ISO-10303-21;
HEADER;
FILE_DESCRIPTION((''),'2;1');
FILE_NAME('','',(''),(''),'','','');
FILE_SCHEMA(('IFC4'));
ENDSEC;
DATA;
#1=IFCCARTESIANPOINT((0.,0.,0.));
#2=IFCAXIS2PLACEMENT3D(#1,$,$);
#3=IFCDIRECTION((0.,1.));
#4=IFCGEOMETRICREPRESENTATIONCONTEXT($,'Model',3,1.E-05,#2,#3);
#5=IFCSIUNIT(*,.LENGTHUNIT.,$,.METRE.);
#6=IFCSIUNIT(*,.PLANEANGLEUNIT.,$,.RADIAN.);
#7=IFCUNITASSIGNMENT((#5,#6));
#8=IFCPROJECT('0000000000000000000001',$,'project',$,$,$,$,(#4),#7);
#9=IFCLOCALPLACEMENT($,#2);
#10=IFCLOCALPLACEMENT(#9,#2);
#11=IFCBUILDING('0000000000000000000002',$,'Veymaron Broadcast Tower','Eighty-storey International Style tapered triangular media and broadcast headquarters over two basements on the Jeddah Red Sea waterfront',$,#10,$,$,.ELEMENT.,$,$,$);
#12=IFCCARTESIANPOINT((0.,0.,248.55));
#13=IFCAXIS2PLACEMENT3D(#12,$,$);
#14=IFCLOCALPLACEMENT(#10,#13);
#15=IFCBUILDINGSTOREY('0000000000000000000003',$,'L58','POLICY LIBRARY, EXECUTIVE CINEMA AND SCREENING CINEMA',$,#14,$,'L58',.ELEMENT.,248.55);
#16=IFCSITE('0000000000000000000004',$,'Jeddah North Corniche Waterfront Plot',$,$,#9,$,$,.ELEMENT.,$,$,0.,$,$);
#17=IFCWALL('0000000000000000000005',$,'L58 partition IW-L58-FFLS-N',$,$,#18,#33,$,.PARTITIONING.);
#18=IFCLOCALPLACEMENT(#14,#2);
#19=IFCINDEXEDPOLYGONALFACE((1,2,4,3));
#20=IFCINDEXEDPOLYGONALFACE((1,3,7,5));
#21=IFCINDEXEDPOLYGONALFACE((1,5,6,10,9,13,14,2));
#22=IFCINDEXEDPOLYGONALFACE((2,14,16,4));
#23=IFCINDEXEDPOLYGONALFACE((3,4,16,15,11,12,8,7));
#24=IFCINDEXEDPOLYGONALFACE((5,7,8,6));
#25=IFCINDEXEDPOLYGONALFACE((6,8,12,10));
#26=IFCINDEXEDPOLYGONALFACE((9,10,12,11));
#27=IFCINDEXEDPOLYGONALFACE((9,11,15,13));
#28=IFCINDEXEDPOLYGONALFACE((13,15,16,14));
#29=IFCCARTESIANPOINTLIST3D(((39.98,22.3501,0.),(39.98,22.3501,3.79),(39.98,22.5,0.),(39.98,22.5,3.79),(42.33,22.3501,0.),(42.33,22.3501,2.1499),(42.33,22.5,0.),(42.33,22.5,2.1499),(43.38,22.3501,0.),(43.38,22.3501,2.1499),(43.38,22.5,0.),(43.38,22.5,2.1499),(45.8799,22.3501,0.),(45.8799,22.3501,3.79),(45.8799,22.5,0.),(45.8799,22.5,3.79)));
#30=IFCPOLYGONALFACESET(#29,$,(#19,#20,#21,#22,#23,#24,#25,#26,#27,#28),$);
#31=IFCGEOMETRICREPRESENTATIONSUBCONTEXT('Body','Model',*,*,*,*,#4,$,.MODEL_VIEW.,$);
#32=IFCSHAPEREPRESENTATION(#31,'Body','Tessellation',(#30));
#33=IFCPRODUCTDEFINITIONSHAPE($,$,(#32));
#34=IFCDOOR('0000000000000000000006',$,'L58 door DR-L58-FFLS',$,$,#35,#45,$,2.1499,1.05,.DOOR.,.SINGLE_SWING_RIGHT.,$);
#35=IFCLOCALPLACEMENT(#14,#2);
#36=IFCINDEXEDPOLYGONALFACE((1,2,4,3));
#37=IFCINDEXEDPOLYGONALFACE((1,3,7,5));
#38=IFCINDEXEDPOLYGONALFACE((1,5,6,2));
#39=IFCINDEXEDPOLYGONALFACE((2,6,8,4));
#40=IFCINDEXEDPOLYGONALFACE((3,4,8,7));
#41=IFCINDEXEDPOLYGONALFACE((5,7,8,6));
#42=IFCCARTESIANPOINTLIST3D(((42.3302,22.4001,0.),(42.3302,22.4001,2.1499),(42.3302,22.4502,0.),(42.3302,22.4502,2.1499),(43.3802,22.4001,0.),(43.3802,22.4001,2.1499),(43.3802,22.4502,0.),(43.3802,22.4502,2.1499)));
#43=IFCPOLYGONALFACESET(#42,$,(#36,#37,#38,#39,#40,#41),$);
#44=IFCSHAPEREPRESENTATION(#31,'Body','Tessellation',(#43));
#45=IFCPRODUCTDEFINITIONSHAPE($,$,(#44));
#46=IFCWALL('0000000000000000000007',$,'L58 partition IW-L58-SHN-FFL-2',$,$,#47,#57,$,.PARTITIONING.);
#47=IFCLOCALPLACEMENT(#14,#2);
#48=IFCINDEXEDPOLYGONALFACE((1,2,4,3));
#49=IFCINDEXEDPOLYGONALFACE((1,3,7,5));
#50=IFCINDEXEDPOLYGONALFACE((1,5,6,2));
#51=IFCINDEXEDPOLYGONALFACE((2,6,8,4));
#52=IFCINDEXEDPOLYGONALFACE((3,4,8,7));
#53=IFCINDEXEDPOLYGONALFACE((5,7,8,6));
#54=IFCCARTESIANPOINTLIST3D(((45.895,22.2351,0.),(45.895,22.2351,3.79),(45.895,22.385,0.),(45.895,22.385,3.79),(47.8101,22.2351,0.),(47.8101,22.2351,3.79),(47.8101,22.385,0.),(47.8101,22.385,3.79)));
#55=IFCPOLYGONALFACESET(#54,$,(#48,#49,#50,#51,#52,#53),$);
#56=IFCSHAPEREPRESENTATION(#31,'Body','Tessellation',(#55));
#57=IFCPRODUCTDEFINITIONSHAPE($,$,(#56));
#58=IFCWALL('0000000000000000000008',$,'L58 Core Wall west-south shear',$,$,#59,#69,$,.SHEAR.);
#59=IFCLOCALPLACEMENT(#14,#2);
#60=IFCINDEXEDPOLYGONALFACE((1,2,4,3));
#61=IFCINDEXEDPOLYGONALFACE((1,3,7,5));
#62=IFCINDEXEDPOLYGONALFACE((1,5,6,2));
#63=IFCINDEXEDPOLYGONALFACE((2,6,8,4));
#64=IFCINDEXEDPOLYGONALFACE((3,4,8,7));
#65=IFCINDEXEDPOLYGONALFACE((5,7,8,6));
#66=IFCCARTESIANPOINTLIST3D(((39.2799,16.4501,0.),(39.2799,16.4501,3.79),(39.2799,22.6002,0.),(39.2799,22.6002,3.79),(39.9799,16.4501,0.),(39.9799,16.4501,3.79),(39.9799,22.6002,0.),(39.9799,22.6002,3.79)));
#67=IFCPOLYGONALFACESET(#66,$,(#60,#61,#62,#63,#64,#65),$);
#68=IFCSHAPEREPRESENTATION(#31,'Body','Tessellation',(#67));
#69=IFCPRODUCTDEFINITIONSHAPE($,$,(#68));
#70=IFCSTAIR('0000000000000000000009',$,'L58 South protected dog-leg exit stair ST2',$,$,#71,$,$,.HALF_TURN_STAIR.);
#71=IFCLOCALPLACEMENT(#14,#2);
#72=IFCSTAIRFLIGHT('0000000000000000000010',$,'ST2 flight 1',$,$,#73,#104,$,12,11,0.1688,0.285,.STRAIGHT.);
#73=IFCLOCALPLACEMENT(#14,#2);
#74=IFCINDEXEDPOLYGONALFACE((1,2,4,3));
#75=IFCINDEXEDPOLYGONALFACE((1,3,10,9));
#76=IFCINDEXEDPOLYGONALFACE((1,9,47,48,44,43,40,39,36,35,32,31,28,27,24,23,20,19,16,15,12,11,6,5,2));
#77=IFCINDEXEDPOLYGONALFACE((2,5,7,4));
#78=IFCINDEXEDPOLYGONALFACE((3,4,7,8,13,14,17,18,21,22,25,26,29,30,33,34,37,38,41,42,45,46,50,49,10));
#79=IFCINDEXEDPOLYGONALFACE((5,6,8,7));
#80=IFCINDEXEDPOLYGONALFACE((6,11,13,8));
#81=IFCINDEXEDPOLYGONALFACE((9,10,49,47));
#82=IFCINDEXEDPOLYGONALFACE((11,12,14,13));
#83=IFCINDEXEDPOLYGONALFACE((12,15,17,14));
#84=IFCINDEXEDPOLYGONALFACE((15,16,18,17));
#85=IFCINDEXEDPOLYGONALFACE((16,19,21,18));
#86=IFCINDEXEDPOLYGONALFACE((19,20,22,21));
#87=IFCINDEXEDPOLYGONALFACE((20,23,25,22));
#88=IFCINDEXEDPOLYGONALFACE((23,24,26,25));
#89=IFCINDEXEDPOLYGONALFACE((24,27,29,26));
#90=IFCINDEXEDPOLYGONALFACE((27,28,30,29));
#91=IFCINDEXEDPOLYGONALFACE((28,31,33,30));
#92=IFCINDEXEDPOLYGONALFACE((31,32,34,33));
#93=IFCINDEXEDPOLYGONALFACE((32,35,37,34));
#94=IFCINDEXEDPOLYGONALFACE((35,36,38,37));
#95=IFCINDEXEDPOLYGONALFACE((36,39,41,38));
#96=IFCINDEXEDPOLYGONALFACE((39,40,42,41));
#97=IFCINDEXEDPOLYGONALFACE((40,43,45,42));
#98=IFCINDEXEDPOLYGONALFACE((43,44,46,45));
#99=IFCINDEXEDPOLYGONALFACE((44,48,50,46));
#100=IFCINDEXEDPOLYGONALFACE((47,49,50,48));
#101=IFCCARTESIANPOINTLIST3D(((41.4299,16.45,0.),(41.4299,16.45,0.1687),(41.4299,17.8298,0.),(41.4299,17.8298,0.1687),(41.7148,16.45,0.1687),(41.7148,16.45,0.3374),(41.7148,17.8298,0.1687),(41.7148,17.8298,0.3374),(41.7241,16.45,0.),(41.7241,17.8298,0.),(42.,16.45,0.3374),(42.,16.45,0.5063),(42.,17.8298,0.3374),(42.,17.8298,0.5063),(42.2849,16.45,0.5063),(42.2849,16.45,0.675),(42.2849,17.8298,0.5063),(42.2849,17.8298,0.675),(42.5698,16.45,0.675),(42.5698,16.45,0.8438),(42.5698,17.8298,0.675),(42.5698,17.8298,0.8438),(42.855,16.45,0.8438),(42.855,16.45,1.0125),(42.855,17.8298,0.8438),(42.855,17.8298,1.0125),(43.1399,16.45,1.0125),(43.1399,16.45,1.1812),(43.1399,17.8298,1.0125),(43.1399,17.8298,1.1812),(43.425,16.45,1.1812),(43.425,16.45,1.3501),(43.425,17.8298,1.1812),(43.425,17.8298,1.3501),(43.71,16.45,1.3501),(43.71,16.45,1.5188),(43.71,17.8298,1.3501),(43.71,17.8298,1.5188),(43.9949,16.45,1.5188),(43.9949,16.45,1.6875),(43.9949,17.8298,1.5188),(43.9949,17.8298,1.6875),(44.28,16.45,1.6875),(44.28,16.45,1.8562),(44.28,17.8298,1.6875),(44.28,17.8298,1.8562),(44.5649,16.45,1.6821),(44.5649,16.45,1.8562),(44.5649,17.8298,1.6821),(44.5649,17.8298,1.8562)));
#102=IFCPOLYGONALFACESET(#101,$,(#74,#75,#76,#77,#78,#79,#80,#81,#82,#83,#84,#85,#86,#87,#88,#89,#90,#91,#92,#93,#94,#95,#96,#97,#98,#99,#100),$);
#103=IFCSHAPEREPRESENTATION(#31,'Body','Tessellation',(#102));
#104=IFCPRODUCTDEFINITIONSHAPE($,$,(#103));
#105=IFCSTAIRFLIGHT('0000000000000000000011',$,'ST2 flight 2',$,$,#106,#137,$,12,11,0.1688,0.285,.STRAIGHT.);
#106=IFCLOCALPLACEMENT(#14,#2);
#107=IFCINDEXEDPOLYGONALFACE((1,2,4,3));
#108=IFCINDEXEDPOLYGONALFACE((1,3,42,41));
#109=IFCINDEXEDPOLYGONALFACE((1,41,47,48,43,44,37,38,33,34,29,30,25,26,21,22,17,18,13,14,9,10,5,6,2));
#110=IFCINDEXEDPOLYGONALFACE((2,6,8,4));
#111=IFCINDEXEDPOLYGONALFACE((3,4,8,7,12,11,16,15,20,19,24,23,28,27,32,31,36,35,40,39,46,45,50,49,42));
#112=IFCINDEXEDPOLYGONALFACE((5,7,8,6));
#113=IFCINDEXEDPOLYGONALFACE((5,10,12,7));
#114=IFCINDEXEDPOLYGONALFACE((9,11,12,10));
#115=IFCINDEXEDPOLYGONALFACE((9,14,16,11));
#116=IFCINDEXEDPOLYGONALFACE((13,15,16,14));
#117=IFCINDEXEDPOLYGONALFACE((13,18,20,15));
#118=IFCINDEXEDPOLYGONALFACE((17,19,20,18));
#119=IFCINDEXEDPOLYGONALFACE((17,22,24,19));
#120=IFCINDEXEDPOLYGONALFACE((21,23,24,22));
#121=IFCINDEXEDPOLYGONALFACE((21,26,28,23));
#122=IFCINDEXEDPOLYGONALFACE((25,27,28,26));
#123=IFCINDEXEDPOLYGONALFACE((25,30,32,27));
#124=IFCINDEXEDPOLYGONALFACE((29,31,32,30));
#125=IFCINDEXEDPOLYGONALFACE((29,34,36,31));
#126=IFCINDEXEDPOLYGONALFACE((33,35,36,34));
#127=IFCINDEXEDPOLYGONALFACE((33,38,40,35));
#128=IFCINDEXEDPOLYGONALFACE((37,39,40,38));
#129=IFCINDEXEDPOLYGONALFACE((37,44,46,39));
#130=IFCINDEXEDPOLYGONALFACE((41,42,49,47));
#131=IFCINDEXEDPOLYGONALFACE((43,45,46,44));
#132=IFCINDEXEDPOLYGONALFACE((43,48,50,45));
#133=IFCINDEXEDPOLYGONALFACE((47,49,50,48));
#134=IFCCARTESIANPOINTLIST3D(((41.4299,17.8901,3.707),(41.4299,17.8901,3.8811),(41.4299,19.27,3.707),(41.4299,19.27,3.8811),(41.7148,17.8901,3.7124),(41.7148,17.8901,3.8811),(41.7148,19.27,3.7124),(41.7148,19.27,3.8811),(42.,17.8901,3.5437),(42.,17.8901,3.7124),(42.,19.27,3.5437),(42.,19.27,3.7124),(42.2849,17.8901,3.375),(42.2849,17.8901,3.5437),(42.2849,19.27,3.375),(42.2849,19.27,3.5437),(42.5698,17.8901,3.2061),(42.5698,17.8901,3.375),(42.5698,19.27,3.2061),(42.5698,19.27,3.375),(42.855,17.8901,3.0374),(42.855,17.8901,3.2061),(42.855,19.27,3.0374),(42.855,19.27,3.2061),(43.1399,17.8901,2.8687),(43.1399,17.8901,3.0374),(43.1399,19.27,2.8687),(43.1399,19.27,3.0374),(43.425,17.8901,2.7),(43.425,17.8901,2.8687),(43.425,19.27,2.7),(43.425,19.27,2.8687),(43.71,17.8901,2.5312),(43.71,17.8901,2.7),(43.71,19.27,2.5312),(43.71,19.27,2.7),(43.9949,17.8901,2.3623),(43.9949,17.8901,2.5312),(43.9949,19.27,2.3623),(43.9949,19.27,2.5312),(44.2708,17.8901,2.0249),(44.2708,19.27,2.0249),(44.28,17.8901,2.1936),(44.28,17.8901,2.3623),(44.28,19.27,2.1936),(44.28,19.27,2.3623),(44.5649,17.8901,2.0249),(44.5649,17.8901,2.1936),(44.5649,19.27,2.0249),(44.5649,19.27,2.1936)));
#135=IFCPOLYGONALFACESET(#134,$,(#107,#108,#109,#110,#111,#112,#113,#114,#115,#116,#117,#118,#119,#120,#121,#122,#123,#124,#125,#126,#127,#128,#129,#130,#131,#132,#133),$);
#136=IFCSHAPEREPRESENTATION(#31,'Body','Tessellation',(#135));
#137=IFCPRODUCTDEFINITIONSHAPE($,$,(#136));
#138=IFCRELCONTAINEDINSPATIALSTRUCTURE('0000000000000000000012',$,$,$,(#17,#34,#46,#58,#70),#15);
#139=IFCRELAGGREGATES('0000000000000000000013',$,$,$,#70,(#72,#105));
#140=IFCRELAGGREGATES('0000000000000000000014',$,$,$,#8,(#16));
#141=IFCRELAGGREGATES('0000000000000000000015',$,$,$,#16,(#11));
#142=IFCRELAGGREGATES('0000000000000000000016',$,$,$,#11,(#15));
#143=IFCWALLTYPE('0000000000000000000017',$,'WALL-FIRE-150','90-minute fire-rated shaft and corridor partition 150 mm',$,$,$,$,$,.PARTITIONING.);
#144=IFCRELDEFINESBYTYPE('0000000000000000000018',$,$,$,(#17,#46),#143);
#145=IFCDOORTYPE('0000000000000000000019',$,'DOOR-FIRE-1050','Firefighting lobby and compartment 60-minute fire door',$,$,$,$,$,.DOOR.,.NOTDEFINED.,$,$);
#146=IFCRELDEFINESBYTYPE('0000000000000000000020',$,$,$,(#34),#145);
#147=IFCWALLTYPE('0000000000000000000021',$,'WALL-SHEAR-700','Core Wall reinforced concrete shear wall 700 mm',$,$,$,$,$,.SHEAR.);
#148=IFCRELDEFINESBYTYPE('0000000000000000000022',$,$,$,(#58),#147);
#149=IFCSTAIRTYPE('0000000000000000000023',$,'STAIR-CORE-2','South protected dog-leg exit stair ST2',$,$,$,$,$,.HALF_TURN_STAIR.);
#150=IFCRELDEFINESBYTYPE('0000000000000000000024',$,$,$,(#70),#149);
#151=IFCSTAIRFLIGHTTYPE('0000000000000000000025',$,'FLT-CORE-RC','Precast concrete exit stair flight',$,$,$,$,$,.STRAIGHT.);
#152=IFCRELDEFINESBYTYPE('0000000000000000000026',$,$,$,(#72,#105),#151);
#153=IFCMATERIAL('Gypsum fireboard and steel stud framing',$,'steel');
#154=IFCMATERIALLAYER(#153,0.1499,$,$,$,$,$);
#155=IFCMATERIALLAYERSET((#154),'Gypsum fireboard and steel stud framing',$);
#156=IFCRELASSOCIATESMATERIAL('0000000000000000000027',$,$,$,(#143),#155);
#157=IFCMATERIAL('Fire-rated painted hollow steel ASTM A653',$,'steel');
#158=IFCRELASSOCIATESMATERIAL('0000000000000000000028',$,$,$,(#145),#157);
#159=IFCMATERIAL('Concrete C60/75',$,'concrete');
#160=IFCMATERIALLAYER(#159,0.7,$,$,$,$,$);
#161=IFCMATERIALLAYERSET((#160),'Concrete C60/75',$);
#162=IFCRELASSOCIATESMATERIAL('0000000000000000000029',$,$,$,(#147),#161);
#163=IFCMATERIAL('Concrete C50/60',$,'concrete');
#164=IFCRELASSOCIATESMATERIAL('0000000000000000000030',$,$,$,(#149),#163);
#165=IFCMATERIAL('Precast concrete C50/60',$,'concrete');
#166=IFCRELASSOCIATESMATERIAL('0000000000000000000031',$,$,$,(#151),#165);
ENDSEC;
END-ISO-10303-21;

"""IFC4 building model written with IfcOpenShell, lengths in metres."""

from ifc_helpers import new_model, si_unit, direction, frame, frame_2d, origin, place, context, subcontext, project, spatial, polyline, rectangle, outline, extrude, material, layer, layer_set, type_object, element, fill, aggregate, save


model = new_model("IFC4")

# Units and contexts
model_context = context("Model", 3, precision=1e-05, world=origin(), true_north=direction((0.0, 1.0)))
body_context = subcontext(model_context, "Body", "Model", "MODEL_VIEW")
ifc_project = project(units=[si_unit("LENGTHUNIT", "METRE"), si_unit("PLANEANGLEUNIT", "RADIAN")], contexts=[model_context])

# Site, building, storey
site_placement = place(None, origin())
site = spatial("IfcSite", under=ifc_project, at=site_placement, Name="Jeddah North Corniche Waterfront Plot", CompositionType="ELEMENT", RefElevation=0.0)
building_placement = place(site_placement, origin())
building = spatial("IfcBuilding", under=site, at=building_placement, Name="Veymaron Broadcast Tower", Description="Eighty-storey International Style tapered triangular media and broadcast headquarters over two basements on the Jeddah Red Sea waterfront", CompositionType="ELEMENT")
storey_placement = place(building_placement, frame((0.0, 0.0, 248.55)))
storey = spatial("IfcBuildingStorey", under=building, at=storey_placement, Name="L58", Description="POLICY LIBRARY, EXECUTIVE CINEMA AND SCREENING CINEMA", LongName="L58", CompositionType="ELEMENT", Elevation=248.55)

# Shared definitions
ifc_material_1 = material(Name="Concrete C60/75", Category="concrete")

# Wall, opening, door
ifc_material_2 = material(Name="Gypsum fireboard and steel stud framing", Category="steel")
ifc_layer_1 = layer(ifc_material_2, 0.1499)
ifc_layer_set_1 = layer_set([ifc_layer_1], Name="Gypsum fireboard and steel stud framing")
wall_type_1 = type_object("IfcWallType", Name="WALL-FIRE-150", Description="90-minute fire-rated shaft and corridor partition 150 mm", PredefinedType="PARTITIONING", material=ifc_layer_set_1)
wall_1_placement = place(storey_placement, frame((39.98, 22.425, 0.0), z_axis=(0.0, 0.0, 1.0), x_axis=(1.0, 0.0, 0.0)))
wall_1 = element("IfcWall", 1, at=wall_1_placement, inside=storey, type_object=wall_type_1, Name="L58 partition IW-L58-FFLS-N", PredefinedType="PARTITIONING", context=body_context, shape_type="SweptSolid", body=[
    extrude(rectangle(XDim=5.8999, YDim=0.1499, at=frame_2d((2.95, 0.0))), origin(), (0.0, 0.0, 1.0), 3.79),
])
opening_1_placement = place(wall_1_placement, frame((2.3501, 0.0, 0.0)))
opening_1 = element("IfcOpeningElement", 2, at=opening_1_placement, cuts=wall_1, PredefinedType="OPENING", context=body_context, shape_type="SweptSolid", body=[
    extrude(rectangle(XDim=1.05, YDim=2.1499, at=frame_2d((0.5249, 1.075))), frame((0.0, 0.085, 0.0), z_axis=(0.0, -1.0, 0.0), x_axis=(1.0, 0.0, 0.0)), (0.0, 0.0, 1.0), 0.1699),
])
ifc_material_3 = material(Name="Fire-rated painted hollow steel ASTM A653", Category="steel")
door_type_1 = type_object("IfcDoorType", Name="DOOR-FIRE-1050", Description="Firefighting lobby and compartment 60-minute fire door", OperationType="NOTDEFINED", PredefinedType="DOOR", material=ifc_material_3)
door_1_placement = place(opening_1_placement, frame((1.05, 0.0, 0.0), z_axis=(0.0, 0.0, 1.0), x_axis=(-1.0, 0.0, 0.0)))
door_1 = element("IfcDoor", 3, at=door_1_placement, inside=storey, type_object=door_type_1, Name="L58 door DR-L58-FFLS", OperationType="SINGLE_SWING_RIGHT", OverallHeight=2.1499, OverallWidth=1.05, PredefinedType="DOOR", context=body_context, shape_type="SweptSolid", body=[
    extrude(rectangle(XDim=1.05, YDim=2.1499, at=frame_2d((0.5249, 1.075))), frame((0.0, 0.0249, 0.0), z_axis=(0.0, -1.0, 0.0), x_axis=(1.0, 0.0, 0.0)), (0.0, 0.0, 1.0), 0.05),
])
fill(opening_1, door_1)

# Wall
wall_2_placement = place(storey_placement, frame((45.895, 22.3101, 0.0), z_axis=(0.0, 0.0, 1.0), x_axis=(1.0, 0.0, 0.0)))
element("IfcWall", 4, at=wall_2_placement, inside=storey, type_object=wall_type_1, Name="L58 partition IW-L58-SHN-FFL-2", PredefinedType="PARTITIONING", context=body_context, shape_type="SweptSolid", body=[
    extrude(rectangle(XDim=1.915, YDim=0.1499, at=frame_2d((0.9575, 0.0))), origin(), (0.0, 0.0, 1.0), 3.79),
])

# Shared definitions
ifc_material_4 = material(Name="Concrete C50/60", Category="concrete")

# Wall
ifc_layer_2 = layer(ifc_material_1, 0.7)
ifc_layer_set_2 = layer_set([ifc_layer_2], Name="Concrete C60/75")
wall_type_2 = type_object("IfcWallType", Name="WALL-SHEAR-700", Description="Core Wall reinforced concrete shear wall 700 mm", PredefinedType="SHEAR", material=ifc_layer_set_2)
wall_3_placement = place(storey_placement, frame((39.6299, 16.45, 0.0), z_axis=(0.0, 0.0, 1.0), x_axis=(0.0, 1.0, 0.0)))
element("IfcWall", 5, at=wall_3_placement, inside=storey, type_object=wall_type_2, Name="L58 Core Wall west-south shear", PredefinedType="SHEAR", context=body_context, shape_type="SweptSolid", body=[
    extrude(rectangle(XDim=6.1501, YDim=0.7, at=frame_2d((3.0752, 0.0))), origin(), (0.0, 0.0, 1.0), 3.79),
])

# Stair, stair flights
stair_type = type_object("IfcStairType", Name="STAIR-CORE-2", Description="South protected dog-leg exit stair ST2", PredefinedType="HALF_TURN_STAIR", material=ifc_material_4)
stair_placement = place(storey_placement, origin())
stair = element("IfcStair", 6, at=stair_placement, inside=storey, type_object=stair_type, Name="L58 South protected dog-leg exit stair ST2", PredefinedType="HALF_TURN_STAIR")
ifc_material_5 = material(Name="Precast concrete C50/60", Category="concrete")
stair_flight_type = type_object("IfcStairFlightType", Name="FLT-CORE-RC", Description="Precast concrete exit stair flight", PredefinedType="STRAIGHT", material=ifc_material_5)
stair_flight_1_placement = place(storey_placement, frame((41.4299, 17.1399, 0.0), z_axis=(0.0, 0.0, 1.0), x_axis=(1.0, 0.0, 0.0)))
stair_flight_1 = element("IfcStairFlight", 7, at=stair_flight_1_placement, type_object=stair_flight_type, Name="ST2 flight 1", NumberOfRisers=12, NumberOfTreads=11, PredefinedType="STRAIGHT", RiserHeight=0.1688, TreadLength=0.285, context=body_context, shape_type="SweptSolid", body=[
    extrude(outline(polyline([(0.0, 0.0), (0.0, 0.1687), (0.2849, 0.1687), (0.2849, 0.3374), (0.5701, 0.3374), (0.5701, 0.5063), (0.855, 0.5063), (0.855, 0.675), (1.1399, 0.675), (1.1399, 0.8438), (1.425, 0.8438), (1.425, 1.0125), (1.71, 1.0125), (1.71, 1.1812), (1.9951, 1.1812), (1.9951, 1.3501), (2.28, 1.3501), (2.28, 1.5188), (2.5649, 1.5188), (2.5649, 1.6875), (2.8501, 1.6875), (2.8501, 1.8562), (3.135, 1.8562), (3.135, 2.0249), (3.135, 1.6821), (0.2942, 0.0), (0.0, 0.0)])), frame((0.0, 0.6899, 0.0), z_axis=(0.0, -1.0, 0.0), x_axis=(1.0, 0.0, 0.0)), (0.0, 0.0, 1.0), 1.3799),
])
stair_flight_2_placement = place(storey_placement, frame((44.5649, 18.5801, 2.0249), z_axis=(0.0, 0.0, 1.0), x_axis=(-1.0, 0.0, 0.0)))
stair_flight_2 = element("IfcStairFlight", 8, at=stair_flight_2_placement, type_object=stair_flight_type, Name="ST2 flight 2", NumberOfRisers=12, NumberOfTreads=11, PredefinedType="STRAIGHT", RiserHeight=0.1688, TreadLength=0.285, context=body_context, shape_type="SweptSolid", body=[
    extrude(outline(polyline([(0.0, 0.0), (0.0, 0.1687), (0.2849, 0.1687), (0.2849, 0.3374), (0.5701, 0.3374), (0.5701, 0.5063), (0.855, 0.5063), (0.855, 0.675), (1.1399, 0.675), (1.1399, 0.8438), (1.425, 0.8438), (1.425, 1.0125), (1.71, 1.0125), (1.71, 1.1812), (1.9951, 1.1812), (1.9951, 1.3501), (2.28, 1.3501), (2.28, 1.5188), (2.5649, 1.5188), (2.5649, 1.6875), (2.8501, 1.6875), (2.8501, 1.8562), (3.135, 1.8562), (3.135, 2.0249), (3.135, 1.6821), (0.2942, 0.0), (0.0, 0.0)])), frame((0.0, 0.6899, 0.0), z_axis=(0.0, -1.0, 0.0), x_axis=(1.0, 0.0, 0.0)), (0.0, 0.0, 1.0), 1.3799),
])
aggregate(stair, [stair_flight_1, stair_flight_2])

save(model, "model.ifc")
